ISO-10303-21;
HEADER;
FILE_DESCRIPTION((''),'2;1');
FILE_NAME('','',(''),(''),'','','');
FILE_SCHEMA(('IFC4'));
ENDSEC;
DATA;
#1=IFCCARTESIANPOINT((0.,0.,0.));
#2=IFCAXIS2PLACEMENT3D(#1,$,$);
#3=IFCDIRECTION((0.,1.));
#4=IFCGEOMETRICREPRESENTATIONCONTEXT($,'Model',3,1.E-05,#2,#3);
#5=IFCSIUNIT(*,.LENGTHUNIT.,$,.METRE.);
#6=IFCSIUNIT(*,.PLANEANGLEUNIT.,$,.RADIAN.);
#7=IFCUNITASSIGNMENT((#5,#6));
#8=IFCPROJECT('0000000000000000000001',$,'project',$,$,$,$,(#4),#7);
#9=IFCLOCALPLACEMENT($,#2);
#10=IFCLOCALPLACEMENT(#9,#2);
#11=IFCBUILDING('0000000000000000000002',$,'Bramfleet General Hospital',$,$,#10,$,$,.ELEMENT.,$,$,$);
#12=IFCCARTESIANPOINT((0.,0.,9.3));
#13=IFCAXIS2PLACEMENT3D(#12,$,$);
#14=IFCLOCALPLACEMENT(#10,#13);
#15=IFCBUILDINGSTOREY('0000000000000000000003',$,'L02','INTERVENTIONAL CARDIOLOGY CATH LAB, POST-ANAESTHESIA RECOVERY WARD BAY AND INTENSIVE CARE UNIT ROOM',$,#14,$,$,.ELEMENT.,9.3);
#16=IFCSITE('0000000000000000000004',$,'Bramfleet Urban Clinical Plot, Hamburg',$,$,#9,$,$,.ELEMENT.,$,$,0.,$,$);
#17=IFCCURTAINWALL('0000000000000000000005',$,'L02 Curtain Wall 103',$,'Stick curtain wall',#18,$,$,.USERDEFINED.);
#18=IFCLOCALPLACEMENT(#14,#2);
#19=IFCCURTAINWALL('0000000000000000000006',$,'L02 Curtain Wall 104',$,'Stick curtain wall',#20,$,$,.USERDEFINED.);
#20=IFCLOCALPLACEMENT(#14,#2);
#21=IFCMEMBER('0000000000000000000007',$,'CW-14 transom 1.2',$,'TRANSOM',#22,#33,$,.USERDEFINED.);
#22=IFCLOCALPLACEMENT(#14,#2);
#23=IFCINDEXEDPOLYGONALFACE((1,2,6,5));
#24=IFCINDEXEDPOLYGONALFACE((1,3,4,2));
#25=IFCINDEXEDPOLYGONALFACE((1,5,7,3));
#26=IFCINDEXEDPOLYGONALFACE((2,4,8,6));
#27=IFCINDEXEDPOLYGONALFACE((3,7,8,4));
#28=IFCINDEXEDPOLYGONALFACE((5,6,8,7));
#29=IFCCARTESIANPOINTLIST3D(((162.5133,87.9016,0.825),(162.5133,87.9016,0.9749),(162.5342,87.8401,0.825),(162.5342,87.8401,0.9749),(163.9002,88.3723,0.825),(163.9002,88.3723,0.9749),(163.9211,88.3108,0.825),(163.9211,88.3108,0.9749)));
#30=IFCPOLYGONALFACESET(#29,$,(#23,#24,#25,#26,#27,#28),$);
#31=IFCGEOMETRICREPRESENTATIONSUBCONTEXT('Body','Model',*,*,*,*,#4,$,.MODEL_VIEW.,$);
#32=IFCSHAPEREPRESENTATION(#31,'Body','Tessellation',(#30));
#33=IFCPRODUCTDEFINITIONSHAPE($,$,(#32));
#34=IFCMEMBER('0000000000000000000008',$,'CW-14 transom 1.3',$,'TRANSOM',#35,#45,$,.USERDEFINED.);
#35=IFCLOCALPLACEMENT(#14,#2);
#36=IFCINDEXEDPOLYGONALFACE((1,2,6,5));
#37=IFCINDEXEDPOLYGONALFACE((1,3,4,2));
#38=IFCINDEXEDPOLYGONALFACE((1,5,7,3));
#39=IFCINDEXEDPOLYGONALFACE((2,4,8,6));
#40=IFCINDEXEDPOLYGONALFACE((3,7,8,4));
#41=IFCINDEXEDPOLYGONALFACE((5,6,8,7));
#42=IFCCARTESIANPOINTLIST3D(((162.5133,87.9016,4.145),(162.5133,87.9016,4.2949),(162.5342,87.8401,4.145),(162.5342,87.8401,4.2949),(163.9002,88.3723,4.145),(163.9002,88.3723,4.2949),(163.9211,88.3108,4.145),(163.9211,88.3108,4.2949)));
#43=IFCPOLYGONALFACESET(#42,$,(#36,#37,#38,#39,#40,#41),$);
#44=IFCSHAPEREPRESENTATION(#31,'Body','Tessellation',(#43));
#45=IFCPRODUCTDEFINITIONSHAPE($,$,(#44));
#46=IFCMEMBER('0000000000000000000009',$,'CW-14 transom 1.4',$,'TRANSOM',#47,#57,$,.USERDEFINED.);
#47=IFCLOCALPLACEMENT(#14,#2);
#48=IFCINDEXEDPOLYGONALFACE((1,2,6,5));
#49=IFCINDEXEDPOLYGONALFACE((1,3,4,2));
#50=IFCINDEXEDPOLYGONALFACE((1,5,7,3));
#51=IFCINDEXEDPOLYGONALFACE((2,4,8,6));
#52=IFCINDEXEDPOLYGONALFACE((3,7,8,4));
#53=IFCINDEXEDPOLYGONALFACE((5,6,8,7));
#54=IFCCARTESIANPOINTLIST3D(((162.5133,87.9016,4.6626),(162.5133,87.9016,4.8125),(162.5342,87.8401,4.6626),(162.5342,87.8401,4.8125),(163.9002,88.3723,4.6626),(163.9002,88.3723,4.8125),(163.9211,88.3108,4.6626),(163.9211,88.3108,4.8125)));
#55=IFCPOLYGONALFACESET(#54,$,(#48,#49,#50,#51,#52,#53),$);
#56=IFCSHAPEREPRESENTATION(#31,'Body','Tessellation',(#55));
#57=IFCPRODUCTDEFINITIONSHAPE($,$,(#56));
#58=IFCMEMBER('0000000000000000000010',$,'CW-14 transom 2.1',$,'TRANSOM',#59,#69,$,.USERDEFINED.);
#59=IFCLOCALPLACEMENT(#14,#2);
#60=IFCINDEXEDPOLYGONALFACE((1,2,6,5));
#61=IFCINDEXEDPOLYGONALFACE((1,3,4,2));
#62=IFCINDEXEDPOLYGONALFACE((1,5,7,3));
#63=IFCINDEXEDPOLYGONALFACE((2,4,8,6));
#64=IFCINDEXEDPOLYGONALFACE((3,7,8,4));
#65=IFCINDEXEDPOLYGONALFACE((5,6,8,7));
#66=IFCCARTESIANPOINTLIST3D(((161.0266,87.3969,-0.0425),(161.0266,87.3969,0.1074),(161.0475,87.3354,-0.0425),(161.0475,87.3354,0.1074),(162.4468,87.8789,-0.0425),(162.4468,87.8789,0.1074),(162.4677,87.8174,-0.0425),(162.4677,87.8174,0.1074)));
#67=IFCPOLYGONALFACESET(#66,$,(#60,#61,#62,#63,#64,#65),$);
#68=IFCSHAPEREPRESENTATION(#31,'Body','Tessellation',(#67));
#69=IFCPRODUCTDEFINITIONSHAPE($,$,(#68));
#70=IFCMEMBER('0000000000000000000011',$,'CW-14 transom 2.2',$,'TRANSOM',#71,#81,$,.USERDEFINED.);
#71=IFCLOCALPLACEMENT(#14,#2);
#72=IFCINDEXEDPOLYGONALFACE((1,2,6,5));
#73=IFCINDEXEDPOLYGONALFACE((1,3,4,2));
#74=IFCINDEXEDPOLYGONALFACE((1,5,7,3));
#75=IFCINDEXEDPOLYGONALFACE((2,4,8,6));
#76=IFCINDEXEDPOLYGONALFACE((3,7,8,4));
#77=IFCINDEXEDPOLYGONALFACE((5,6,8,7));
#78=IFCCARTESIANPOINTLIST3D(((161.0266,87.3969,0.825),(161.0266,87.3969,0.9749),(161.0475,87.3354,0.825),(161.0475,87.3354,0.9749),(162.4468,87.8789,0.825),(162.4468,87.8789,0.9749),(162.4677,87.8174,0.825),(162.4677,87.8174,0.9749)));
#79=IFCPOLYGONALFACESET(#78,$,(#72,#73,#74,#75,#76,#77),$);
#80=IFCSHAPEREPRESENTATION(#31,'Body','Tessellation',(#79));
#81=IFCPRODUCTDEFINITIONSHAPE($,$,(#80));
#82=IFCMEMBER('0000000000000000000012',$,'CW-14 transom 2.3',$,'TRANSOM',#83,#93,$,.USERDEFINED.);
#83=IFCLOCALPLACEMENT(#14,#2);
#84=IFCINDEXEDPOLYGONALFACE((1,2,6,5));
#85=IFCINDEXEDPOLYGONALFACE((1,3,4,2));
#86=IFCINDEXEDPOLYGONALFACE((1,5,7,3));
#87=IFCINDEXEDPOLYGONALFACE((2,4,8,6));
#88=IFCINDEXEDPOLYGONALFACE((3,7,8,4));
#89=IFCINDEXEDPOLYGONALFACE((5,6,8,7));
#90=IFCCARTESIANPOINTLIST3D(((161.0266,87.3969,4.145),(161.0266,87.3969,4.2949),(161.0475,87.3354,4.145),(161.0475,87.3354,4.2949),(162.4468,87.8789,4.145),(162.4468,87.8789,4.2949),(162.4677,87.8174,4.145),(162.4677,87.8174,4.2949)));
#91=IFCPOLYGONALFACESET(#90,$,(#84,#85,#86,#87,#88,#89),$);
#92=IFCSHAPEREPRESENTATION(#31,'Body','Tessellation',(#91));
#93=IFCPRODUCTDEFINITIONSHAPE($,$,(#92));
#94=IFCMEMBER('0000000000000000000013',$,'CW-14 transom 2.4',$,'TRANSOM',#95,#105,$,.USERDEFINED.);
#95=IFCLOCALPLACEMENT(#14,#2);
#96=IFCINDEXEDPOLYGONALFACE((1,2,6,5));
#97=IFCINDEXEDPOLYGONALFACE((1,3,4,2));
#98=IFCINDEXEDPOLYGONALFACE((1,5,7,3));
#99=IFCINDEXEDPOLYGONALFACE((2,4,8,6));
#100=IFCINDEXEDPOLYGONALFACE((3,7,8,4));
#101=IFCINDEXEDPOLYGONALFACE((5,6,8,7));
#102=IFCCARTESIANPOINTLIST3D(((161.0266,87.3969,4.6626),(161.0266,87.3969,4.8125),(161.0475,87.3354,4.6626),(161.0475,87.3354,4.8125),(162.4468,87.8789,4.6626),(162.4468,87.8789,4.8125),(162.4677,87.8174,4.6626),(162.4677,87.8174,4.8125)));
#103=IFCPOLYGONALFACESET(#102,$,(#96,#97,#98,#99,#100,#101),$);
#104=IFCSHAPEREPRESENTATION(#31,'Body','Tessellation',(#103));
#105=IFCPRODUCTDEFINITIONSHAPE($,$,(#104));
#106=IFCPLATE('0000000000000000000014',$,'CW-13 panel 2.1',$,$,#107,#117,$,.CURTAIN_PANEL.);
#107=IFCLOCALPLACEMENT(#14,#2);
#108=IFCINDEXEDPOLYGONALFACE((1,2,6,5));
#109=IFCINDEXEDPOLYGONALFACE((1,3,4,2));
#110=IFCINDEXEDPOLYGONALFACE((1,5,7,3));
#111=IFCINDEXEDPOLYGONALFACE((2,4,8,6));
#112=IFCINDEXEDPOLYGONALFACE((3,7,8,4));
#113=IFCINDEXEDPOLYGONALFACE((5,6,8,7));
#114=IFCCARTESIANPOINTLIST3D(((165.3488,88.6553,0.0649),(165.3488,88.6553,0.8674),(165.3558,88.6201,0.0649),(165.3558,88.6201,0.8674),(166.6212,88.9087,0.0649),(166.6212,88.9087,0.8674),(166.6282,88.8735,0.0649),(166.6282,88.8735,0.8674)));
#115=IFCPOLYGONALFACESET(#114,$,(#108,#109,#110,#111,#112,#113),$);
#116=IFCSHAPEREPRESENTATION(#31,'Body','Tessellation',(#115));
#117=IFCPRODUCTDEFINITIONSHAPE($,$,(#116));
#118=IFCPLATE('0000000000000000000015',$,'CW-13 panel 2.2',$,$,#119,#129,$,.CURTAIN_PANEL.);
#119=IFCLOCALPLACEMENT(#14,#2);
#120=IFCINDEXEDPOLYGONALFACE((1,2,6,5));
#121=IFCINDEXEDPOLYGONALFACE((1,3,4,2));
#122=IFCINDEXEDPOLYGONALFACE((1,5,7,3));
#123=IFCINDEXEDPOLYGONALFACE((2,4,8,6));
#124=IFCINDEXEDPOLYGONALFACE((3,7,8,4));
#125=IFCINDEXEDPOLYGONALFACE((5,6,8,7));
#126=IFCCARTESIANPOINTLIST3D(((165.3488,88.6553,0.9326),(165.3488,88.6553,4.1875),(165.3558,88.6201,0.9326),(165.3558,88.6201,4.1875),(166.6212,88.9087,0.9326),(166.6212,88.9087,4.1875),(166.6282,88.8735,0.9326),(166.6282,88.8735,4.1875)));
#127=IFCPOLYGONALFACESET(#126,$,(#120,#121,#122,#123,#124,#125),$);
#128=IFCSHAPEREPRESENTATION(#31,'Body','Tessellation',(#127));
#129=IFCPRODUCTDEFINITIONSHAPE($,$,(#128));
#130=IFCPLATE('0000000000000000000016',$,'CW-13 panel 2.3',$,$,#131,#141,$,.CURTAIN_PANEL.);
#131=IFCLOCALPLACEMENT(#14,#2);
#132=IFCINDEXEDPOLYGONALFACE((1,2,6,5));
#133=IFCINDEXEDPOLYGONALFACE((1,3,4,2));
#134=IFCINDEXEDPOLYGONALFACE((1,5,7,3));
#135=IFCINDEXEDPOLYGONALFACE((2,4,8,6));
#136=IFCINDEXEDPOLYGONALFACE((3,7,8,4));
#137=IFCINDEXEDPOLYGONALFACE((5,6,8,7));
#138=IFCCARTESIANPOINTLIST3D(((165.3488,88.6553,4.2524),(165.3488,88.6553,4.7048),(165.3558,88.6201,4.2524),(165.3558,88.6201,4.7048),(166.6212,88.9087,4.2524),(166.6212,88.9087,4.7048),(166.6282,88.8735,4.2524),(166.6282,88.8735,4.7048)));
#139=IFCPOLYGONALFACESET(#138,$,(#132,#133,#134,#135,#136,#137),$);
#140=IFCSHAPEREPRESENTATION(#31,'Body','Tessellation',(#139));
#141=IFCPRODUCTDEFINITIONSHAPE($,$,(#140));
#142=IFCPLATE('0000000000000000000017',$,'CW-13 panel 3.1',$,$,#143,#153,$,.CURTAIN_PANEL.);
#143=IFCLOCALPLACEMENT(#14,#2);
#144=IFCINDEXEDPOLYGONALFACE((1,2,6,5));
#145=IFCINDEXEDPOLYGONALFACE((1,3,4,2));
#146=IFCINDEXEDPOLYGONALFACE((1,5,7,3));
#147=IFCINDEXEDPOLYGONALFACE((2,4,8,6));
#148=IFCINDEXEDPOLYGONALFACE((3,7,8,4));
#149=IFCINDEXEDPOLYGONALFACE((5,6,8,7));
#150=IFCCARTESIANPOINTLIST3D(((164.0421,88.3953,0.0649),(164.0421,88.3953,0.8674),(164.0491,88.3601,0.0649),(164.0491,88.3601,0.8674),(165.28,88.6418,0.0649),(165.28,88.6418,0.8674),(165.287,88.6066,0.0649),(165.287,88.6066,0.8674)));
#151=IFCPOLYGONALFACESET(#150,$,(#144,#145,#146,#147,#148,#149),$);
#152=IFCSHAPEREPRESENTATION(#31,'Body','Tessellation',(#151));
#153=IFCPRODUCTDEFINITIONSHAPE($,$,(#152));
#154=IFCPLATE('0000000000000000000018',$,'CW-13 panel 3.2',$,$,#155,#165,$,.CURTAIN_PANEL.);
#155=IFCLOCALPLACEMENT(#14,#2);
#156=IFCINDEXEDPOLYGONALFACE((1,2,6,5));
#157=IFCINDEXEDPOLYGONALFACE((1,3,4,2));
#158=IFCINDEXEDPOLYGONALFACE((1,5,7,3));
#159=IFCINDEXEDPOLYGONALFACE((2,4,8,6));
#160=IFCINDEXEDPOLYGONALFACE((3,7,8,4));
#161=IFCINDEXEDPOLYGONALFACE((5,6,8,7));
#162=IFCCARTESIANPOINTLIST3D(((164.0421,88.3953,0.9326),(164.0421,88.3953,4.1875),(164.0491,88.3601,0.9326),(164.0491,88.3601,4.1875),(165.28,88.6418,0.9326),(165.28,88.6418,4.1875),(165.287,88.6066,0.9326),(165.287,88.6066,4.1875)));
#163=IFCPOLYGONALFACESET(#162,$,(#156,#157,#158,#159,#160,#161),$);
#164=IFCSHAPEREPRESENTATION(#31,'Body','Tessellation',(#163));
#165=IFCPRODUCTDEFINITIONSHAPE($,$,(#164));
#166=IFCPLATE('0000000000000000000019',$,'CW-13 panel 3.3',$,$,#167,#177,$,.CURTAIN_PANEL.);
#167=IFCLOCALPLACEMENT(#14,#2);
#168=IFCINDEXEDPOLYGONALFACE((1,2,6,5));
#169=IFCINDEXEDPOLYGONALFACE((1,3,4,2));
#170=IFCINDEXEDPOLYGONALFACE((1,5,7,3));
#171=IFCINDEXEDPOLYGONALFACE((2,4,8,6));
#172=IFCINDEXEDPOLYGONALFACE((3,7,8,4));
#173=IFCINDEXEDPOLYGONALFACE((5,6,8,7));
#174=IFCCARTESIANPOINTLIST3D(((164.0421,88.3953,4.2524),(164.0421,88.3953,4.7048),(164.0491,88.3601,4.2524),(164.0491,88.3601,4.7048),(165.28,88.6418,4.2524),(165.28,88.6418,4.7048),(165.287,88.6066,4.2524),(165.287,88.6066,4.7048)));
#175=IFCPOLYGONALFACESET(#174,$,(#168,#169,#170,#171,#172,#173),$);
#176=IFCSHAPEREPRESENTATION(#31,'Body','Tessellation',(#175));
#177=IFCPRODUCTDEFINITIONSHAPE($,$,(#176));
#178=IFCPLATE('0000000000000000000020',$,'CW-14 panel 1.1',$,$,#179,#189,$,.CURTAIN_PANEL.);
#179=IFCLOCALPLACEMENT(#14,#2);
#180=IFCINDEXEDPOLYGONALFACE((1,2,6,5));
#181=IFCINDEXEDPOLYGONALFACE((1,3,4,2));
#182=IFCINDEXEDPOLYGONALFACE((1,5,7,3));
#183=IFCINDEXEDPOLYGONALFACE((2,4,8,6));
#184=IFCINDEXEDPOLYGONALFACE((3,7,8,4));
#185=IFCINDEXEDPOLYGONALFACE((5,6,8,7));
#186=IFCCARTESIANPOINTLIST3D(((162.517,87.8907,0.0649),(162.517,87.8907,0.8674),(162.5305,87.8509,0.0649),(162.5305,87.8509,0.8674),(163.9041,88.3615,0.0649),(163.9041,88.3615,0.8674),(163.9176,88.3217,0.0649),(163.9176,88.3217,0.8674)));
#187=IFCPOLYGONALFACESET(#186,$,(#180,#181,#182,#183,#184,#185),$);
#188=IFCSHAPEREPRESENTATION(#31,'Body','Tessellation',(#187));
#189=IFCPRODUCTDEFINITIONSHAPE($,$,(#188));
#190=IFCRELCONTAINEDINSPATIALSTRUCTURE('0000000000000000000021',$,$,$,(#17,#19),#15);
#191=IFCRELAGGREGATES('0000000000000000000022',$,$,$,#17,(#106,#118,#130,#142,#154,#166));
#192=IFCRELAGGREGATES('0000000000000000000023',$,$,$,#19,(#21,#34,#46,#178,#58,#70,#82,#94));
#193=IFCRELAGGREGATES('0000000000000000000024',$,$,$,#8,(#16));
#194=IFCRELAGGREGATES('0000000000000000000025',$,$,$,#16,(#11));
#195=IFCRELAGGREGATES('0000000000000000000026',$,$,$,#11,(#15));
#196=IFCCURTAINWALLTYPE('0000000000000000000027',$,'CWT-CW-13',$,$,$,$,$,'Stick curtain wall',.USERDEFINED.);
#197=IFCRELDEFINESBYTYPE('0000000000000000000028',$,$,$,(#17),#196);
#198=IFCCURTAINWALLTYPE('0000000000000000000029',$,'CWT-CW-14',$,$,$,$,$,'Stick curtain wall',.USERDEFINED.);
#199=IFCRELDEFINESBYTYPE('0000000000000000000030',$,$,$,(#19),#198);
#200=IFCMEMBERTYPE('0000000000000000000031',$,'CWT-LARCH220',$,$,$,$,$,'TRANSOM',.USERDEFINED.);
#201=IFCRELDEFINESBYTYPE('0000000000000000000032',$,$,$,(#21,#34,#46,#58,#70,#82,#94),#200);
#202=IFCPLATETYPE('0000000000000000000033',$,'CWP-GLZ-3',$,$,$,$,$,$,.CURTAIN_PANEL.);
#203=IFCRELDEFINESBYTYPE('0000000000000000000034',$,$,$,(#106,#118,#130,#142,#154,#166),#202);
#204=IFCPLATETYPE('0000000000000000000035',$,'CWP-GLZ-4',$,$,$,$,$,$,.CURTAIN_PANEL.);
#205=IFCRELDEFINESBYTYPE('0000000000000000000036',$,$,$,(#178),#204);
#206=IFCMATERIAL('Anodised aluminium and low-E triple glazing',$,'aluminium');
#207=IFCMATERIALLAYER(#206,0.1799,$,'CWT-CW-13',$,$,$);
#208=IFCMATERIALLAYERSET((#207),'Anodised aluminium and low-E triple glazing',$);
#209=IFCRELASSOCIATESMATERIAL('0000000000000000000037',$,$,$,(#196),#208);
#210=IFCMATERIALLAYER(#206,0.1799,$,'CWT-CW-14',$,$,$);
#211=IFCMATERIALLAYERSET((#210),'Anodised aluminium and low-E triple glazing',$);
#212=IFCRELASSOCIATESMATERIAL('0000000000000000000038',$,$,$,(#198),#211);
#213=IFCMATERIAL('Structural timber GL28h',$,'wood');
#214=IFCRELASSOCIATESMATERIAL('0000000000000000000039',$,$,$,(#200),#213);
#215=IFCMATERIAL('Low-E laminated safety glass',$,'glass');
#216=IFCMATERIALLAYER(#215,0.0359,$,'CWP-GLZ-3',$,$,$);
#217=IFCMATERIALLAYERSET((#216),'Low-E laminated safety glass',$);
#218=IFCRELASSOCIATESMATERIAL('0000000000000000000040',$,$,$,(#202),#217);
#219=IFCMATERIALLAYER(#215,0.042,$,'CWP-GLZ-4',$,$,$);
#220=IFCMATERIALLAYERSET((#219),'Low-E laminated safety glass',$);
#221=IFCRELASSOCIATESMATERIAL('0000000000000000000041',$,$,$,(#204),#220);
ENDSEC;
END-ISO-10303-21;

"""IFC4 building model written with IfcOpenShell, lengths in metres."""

from ifc_helpers import new_model, si_unit, direction, frame, origin, origin_2d, place, context, subcontext, project, spatial, rectangle, extrude, material, layer, layer_set, material_profile, profile_set, type_object, element, aggregate, save


model = new_model("IFC4")

# Units and contexts
model_context = context("Model", 3, precision=1e-05, world=origin(), true_north=direction((0.0, 1.0)))
body_context = subcontext(model_context, "Body", "Model", "MODEL_VIEW")
ifc_project = project(units=[si_unit("LENGTHUNIT", "METRE"), si_unit("PLANEANGLEUNIT", "RADIAN")], contexts=[model_context])

# Site, building, storey
site_placement = place(None, origin())
site = spatial("IfcSite", under=ifc_project, at=site_placement, Name="Bramfleet Urban Clinical Plot, Hamburg", CompositionType="ELEMENT", RefElevation=0.0)
building_placement = place(site_placement, origin())
building = spatial("IfcBuilding", under=site, at=building_placement, Name="Bramfleet General Hospital", CompositionType="ELEMENT")
storey_placement = place(building_placement, frame((0.0, 0.0, 9.3)))
storey = spatial("IfcBuildingStorey", under=building, at=storey_placement, Name="L02", Description="INTERVENTIONAL CARDIOLOGY CATH LAB, POST-ANAESTHESIA RECOVERY WARD BAY AND INTENSIVE CARE UNIT ROOM", CompositionType="ELEMENT", Elevation=9.3)

# Curtain walls
ifc_material_1 = material(Name="Anodised aluminium and low-E triple glazing", Category="aluminium")
ifc_layer_1 = layer(ifc_material_1, 0.1799, Name="CWT-CW-13")
ifc_layer_set_1 = layer_set([ifc_layer_1], Name="Anodised aluminium and low-E triple glazing")
curtain_wall_type_1 = type_object("IfcCurtainWallType", Name="CWT-CW-13", ElementType="Stick curtain wall", PredefinedType="USERDEFINED", material=ifc_layer_set_1)
curtain_wall_1_placement = place(storey_placement, origin())
curtain_wall_1 = element("IfcCurtainWall", 1, at=curtain_wall_1_placement, inside=storey, type_object=curtain_wall_type_1, Name="L02 Curtain Wall 103", ObjectType="Stick curtain wall", PredefinedType="USERDEFINED")
ifc_material_2 = material(Name="Structural timber GL28h", Category="wood")
ifc_layer_2 = layer(ifc_material_1, 0.1799, Name="CWT-CW-14")
ifc_layer_set_2 = layer_set([ifc_layer_2], Name="Anodised aluminium and low-E triple glazing")
curtain_wall_type_2 = type_object("IfcCurtainWallType", Name="CWT-CW-14", ElementType="Stick curtain wall", PredefinedType="USERDEFINED", material=ifc_layer_set_2)
curtain_wall_2_placement = place(storey_placement, origin())
curtain_wall_2 = element("IfcCurtainWall", 2, at=curtain_wall_2_placement, inside=storey, type_object=curtain_wall_type_2, Name="L02 Curtain Wall 104", ObjectType="Stick curtain wall", PredefinedType="USERDEFINED")

# Members
ifc_material_profile_1 = material_profile(ifc_material_2, rectangle(XDim=0.0649, YDim=0.1499, at=origin_2d()), Name="LARCH 150x65")
ifc_profile_set_1 = profile_set([ifc_material_profile_1], Name="Structural timber GL28h")
member_type_1 = type_object("IfcMemberType", Name="CWT-LARCH220", ElementType="TRANSOM", PredefinedType="USERDEFINED", material=ifc_profile_set_1)
member_1_placement = place(storey_placement, frame((163.9106, 88.3416, 0.8999), z_axis=(-0.946952, -0.321374, 0.0), x_axis=(0.321374, -0.946952, 0.0)))
member_1 = element("IfcMember", 3, at=member_1_placement, type_object=member_type_1, Name="CW-14 transom 1.2", ObjectType="TRANSOM", PredefinedType="USERDEFINED", context=body_context, shape_type="SweptSolid", body=[
    extrude(rectangle(XDim=0.0649, YDim=0.1499, at=origin_2d()), origin(), (0.0, 0.0, 1.0), 1.4646),
])
member_2_placement = place(storey_placement, frame((163.9106, 88.3416, 4.22), z_axis=(-0.946952, -0.321374, 0.0), x_axis=(0.321374, -0.946952, 0.0)))
member_2 = element("IfcMember", 4, at=member_2_placement, type_object=member_type_1, Name="CW-14 transom 1.3", ObjectType="TRANSOM", PredefinedType="USERDEFINED", context=body_context, shape_type="SweptSolid", body=[
    extrude(rectangle(XDim=0.0649, YDim=0.1499, at=origin_2d()), origin(), (0.0, 0.0, 1.0), 1.4646),
])
member_3_placement = place(storey_placement, frame((163.9106, 88.3416, 4.7375), z_axis=(-0.946952, -0.321374, 0.0), x_axis=(0.321374, -0.946952, 0.0)))
member_3 = element("IfcMember", 5, at=member_3_placement, type_object=member_type_1, Name="CW-14 transom 1.4", ObjectType="TRANSOM", PredefinedType="USERDEFINED", context=body_context, shape_type="SweptSolid", body=[
    extrude(rectangle(XDim=0.0649, YDim=0.1499, at=origin_2d()), origin(), (0.0, 0.0, 1.0), 1.4646),
])
member_4_placement = place(storey_placement, frame((162.4573, 87.8481, 0.0325), z_axis=(-0.94696, -0.321351, 0.0), x_axis=(0.321351, -0.94696, 0.0)))
member_4 = element("IfcMember", 6, at=member_4_placement, type_object=member_type_1, Name="CW-14 transom 2.1", ObjectType="TRANSOM", PredefinedType="USERDEFINED", context=body_context, shape_type="SweptSolid", body=[
    extrude(rectangle(XDim=0.0649, YDim=0.1499, at=origin_2d()), origin(), (0.0, 0.0, 1.0), 1.4998),
])
member_5_placement = place(storey_placement, frame((162.4573, 87.8481, 0.8999), z_axis=(-0.94696, -0.321351, 0.0), x_axis=(0.321351, -0.94696, 0.0)))
member_5 = element("IfcMember", 7, at=member_5_placement, type_object=member_type_1, Name="CW-14 transom 2.2", ObjectType="TRANSOM", PredefinedType="USERDEFINED", context=body_context, shape_type="SweptSolid", body=[
    extrude(rectangle(XDim=0.0649, YDim=0.1499, at=origin_2d()), origin(), (0.0, 0.0, 1.0), 1.4998),
])
member_6_placement = place(storey_placement, frame((162.4573, 87.8481, 4.22), z_axis=(-0.94696, -0.321351, 0.0), x_axis=(0.321351, -0.94696, 0.0)))
member_6 = element("IfcMember", 8, at=member_6_placement, type_object=member_type_1, Name="CW-14 transom 2.3", ObjectType="TRANSOM", PredefinedType="USERDEFINED", context=body_context, shape_type="SweptSolid", body=[
    extrude(rectangle(XDim=0.0649, YDim=0.1499, at=origin_2d()), origin(), (0.0, 0.0, 1.0), 1.4998),
])
member_7_placement = place(storey_placement, frame((162.4573, 87.8481, 4.7375), z_axis=(-0.94696, -0.321351, 0.0), x_axis=(0.321351, -0.94696, 0.0)))
member_7 = element("IfcMember", 9, at=member_7_placement, type_object=member_type_1, Name="CW-14 transom 2.4", ObjectType="TRANSOM", PredefinedType="USERDEFINED", context=body_context, shape_type="SweptSolid", body=[
    extrude(rectangle(XDim=0.0649, YDim=0.1499, at=origin_2d()), origin(), (0.0, 0.0, 1.0), 1.4998),
])

# Plates
ifc_material_3 = material(Name="Low-E laminated safety glass", Category="glass")
ifc_layer_3 = layer(ifc_material_3, 0.0359, Name="CWP-GLZ-3")
ifc_layer_set_3 = layer_set([ifc_layer_3], Name="Low-E laminated safety glass")
plate_type_1 = type_object("IfcPlateType", Name="CWP-GLZ-3", PredefinedType="CURTAIN_PANEL", material=ifc_layer_set_3)
plate_1_placement = place(storey_placement, frame((165.9885, 88.7644, 0.0649), z_axis=(0.0, 0.0, 1.0), x_axis=(-0.980749, -0.195272, 0.0)))
plate_1 = element("IfcPlate", 10, at=plate_1_placement, type_object=plate_type_1, Name="CW-13 panel 2.1", PredefinedType="CURTAIN_PANEL", context=body_context, shape_type="SweptSolid", body=[
    extrude(rectangle(XDim=1.2974, YDim=0.0359, at=origin_2d()), origin(), (0.0, 0.0, 1.0), 0.8025),
])
plate_2_placement = place(storey_placement, frame((165.9885, 88.7644, 0.9326), z_axis=(0.0, 0.0, 1.0), x_axis=(-0.980749, -0.195272, 0.0)))
plate_2 = element("IfcPlate", 11, at=plate_2_placement, type_object=plate_type_1, Name="CW-13 panel 2.2", PredefinedType="CURTAIN_PANEL", context=body_context, shape_type="SweptSolid", body=[
    extrude(rectangle(XDim=1.2974, YDim=0.0359, at=origin_2d()), origin(), (0.0, 0.0, 1.0), 3.2549),
])
plate_3_placement = place(storey_placement, frame((165.9885, 88.7644, 4.2524), z_axis=(0.0, 0.0, 1.0), x_axis=(-0.980749, -0.195272, 0.0)))
plate_3 = element("IfcPlate", 12, at=plate_3_placement, type_object=plate_type_1, Name="CW-13 panel 2.3", PredefinedType="CURTAIN_PANEL", context=body_context, shape_type="SweptSolid", body=[
    extrude(rectangle(XDim=1.2974, YDim=0.0359, at=origin_2d()), origin(), (0.0, 0.0, 1.0), 0.4524),
])
plate_4_placement = place(storey_placement, frame((164.6646, 88.501, 0.0649), z_axis=(0.0, 0.0, 1.0), x_axis=(-0.980749, -0.195272, 0.0)))
plate_4 = element("IfcPlate", 13, at=plate_4_placement, type_object=plate_type_1, Name="CW-13 panel 3.1", PredefinedType="CURTAIN_PANEL", context=body_context, shape_type="SweptSolid", body=[
    extrude(rectangle(XDim=1.2622, YDim=0.0359, at=origin_2d()), origin(), (0.0, 0.0, 1.0), 0.8025),
])
plate_5_placement = place(storey_placement, frame((164.6646, 88.501, 0.9326), z_axis=(0.0, 0.0, 1.0), x_axis=(-0.980749, -0.195272, 0.0)))
plate_5 = element("IfcPlate", 14, at=plate_5_placement, type_object=plate_type_1, Name="CW-13 panel 3.2", PredefinedType="CURTAIN_PANEL", context=body_context, shape_type="SweptSolid", body=[
    extrude(rectangle(XDim=1.2622, YDim=0.0359, at=origin_2d()), origin(), (0.0, 0.0, 1.0), 3.2549),
])
plate_6_placement = place(storey_placement, frame((164.6646, 88.501, 4.2524), z_axis=(0.0, 0.0, 1.0), x_axis=(-0.980749, -0.195272, 0.0)))
plate_6 = element("IfcPlate", 15, at=plate_6_placement, type_object=plate_type_1, Name="CW-13 panel 3.3", PredefinedType="CURTAIN_PANEL", context=body_context, shape_type="SweptSolid", body=[
    extrude(rectangle(XDim=1.2622, YDim=0.0359, at=origin_2d()), origin(), (0.0, 0.0, 1.0), 0.4524),
])
aggregate(curtain_wall_1, [plate_1, plate_2, plate_3, plate_4, plate_5, plate_6])
ifc_layer_4 = layer(ifc_material_3, 0.042, Name="CWP-GLZ-4")
ifc_layer_set_4 = layer_set([ifc_layer_4], Name="Low-E laminated safety glass")
plate_type_2 = type_object("IfcPlateType", Name="CWP-GLZ-4", PredefinedType="CURTAIN_PANEL", material=ifc_layer_set_4)
plate_7_placement = place(storey_placement, frame((163.2173, 88.1062, 0.0649), z_axis=(0.0, 0.0, 1.0), x_axis=(-0.946949, -0.321383, 0.0)))
plate_7 = element("IfcPlate", 16, at=plate_7_placement, type_object=plate_type_2, Name="CW-14 panel 1.1", PredefinedType="CURTAIN_PANEL", context=body_context, shape_type="SweptSolid", body=[
    extrude(rectangle(XDim=1.4648, YDim=0.042, at=origin_2d()), origin(), (0.0, 0.0, 1.0), 0.8025),
])
aggregate(curtain_wall_2, [member_1, member_2, member_3, plate_7, member_4, member_5, member_6, member_7])

save(model, "model.ifc")
